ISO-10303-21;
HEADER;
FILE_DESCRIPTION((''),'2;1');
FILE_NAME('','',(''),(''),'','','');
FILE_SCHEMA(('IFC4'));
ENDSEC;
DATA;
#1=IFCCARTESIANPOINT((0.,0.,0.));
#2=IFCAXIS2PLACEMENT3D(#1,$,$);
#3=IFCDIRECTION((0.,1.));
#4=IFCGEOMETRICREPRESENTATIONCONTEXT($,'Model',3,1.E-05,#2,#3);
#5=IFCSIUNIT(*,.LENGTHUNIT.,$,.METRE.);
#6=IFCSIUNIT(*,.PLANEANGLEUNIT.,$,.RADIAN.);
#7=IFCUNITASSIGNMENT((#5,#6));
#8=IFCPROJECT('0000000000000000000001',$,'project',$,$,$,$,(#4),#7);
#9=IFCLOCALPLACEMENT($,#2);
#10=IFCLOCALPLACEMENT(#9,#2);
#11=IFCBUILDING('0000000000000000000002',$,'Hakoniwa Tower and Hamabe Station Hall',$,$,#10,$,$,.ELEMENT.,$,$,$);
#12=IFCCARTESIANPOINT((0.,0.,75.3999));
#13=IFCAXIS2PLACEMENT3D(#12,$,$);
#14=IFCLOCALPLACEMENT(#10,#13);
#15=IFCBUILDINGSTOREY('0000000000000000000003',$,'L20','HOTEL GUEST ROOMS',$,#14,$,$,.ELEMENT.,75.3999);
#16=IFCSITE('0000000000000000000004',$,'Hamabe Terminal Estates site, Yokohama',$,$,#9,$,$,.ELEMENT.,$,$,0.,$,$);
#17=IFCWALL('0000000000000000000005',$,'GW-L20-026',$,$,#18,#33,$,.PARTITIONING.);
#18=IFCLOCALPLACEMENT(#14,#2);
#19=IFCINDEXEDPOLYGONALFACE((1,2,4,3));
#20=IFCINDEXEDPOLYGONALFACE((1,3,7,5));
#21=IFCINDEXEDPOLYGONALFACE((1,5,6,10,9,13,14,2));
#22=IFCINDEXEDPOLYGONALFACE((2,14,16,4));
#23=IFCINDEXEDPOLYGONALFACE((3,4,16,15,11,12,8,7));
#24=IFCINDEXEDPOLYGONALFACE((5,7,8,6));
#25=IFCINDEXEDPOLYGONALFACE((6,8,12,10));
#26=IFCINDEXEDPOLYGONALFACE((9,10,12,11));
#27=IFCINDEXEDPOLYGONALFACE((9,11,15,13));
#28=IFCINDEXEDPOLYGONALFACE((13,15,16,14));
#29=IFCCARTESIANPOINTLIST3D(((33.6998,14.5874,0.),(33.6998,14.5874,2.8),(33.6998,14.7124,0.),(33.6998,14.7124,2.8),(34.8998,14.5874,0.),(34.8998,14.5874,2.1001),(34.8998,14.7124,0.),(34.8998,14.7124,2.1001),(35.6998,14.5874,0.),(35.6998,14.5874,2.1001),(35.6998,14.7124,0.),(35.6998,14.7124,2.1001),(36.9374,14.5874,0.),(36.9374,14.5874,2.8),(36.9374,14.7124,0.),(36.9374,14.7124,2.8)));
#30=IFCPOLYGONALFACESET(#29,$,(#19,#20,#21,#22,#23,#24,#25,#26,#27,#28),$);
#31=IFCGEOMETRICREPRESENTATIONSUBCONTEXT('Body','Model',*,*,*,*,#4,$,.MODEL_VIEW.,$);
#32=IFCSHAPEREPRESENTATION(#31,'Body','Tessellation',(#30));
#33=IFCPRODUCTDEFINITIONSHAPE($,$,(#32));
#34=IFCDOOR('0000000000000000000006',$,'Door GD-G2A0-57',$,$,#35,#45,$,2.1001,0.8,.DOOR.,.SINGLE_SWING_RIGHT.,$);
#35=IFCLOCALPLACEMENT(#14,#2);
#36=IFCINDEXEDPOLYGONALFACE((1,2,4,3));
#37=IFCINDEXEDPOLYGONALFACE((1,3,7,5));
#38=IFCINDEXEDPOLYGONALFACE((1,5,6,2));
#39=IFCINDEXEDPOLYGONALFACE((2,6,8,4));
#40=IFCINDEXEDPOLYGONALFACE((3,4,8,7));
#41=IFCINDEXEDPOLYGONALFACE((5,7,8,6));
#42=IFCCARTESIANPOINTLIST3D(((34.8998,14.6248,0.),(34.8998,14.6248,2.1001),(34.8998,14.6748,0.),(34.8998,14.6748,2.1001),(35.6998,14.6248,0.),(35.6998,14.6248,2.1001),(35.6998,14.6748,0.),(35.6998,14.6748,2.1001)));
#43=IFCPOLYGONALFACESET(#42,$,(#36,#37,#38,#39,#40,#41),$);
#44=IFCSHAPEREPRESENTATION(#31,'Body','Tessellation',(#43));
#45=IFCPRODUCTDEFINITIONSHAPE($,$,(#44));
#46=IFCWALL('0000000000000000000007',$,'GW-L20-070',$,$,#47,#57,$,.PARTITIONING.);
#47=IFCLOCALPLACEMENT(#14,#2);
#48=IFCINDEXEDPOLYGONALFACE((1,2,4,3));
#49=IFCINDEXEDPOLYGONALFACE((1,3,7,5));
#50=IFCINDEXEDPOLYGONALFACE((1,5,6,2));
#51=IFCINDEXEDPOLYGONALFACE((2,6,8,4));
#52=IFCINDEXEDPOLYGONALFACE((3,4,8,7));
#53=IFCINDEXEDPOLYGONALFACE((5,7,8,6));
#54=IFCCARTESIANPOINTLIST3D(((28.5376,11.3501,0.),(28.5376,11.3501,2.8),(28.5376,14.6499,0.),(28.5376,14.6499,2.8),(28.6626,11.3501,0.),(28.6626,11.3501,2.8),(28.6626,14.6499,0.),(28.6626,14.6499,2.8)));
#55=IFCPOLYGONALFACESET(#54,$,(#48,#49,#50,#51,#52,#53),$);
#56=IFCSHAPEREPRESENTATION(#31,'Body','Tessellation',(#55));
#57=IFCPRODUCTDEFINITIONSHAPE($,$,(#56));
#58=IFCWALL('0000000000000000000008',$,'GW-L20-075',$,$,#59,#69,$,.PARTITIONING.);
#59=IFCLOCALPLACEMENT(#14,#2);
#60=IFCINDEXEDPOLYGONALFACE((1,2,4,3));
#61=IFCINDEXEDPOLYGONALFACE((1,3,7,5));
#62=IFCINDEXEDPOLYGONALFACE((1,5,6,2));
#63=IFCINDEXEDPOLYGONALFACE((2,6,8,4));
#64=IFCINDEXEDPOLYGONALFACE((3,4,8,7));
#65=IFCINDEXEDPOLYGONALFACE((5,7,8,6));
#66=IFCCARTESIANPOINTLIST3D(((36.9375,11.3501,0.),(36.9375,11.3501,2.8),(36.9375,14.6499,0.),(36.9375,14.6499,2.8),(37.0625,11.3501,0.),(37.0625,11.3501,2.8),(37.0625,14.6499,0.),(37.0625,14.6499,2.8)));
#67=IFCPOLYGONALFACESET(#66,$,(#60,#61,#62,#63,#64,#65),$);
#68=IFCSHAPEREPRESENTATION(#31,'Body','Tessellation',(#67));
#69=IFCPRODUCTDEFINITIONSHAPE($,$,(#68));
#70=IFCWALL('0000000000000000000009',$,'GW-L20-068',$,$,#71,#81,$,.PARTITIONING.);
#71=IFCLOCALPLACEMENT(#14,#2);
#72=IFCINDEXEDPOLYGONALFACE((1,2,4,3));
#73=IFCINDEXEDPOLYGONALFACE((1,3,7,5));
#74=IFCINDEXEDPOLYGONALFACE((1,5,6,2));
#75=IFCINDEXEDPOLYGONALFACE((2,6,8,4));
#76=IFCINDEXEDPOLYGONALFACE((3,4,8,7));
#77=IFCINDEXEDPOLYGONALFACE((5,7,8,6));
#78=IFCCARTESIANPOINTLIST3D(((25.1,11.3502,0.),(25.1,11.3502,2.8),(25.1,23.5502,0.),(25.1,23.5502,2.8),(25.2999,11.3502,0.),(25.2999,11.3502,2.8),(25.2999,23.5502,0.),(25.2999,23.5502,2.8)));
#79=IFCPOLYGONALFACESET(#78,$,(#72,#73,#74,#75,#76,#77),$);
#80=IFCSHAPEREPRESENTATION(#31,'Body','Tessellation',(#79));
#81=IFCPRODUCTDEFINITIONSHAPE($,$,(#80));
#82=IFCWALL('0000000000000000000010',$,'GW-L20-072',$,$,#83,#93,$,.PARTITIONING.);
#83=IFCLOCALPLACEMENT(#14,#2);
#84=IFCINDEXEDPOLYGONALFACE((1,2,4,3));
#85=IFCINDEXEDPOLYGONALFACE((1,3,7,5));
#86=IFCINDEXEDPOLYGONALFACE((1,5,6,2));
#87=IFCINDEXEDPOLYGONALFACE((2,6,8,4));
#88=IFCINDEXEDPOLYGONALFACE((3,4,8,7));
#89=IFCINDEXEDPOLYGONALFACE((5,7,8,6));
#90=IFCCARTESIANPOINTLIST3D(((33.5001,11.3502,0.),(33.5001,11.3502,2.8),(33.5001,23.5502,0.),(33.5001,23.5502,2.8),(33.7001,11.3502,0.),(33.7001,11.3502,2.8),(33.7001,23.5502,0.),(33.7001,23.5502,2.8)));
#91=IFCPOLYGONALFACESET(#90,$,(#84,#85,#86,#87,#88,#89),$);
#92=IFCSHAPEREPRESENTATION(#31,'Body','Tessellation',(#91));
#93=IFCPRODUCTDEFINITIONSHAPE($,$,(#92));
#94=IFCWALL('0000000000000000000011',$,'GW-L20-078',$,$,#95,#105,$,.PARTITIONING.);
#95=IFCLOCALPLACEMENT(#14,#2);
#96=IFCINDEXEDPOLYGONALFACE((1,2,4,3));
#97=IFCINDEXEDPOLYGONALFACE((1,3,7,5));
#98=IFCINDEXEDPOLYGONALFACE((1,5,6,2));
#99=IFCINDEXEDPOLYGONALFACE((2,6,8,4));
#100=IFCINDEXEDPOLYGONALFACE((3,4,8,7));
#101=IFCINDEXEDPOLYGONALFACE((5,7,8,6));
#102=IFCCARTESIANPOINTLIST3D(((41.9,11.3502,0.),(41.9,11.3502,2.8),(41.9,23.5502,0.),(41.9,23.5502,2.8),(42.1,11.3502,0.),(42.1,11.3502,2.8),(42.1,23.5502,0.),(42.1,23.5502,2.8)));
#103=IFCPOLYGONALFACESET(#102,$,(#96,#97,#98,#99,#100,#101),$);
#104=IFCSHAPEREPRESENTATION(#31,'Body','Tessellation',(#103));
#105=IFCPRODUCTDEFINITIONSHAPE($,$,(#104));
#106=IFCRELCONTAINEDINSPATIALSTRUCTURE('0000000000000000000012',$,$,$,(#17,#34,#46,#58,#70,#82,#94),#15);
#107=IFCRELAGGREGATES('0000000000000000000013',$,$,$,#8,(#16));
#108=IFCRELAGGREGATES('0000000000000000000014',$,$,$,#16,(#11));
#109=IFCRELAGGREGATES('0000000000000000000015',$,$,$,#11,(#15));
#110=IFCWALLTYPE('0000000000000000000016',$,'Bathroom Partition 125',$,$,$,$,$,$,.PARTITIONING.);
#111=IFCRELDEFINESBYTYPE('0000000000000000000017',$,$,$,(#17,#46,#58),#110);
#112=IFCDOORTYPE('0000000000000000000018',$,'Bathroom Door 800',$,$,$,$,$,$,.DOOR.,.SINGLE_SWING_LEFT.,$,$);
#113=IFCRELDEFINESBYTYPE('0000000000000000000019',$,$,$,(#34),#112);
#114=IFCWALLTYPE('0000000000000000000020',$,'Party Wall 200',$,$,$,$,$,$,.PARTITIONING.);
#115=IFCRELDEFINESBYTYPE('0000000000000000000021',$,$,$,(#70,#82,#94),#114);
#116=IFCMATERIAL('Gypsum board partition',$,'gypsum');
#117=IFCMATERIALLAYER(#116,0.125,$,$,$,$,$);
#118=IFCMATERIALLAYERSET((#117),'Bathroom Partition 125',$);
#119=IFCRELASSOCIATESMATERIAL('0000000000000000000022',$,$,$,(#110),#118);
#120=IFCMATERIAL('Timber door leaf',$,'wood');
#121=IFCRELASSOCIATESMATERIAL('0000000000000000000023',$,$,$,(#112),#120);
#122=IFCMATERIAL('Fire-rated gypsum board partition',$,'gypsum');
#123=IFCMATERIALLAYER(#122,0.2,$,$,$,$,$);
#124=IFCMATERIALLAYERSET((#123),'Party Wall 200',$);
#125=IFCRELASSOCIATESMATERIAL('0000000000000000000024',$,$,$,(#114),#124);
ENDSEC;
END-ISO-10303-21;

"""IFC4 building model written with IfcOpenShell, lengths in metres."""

from ifc_helpers import new_model, si_unit, direction, frame, frame_2d, origin, place, context, subcontext, project, spatial, rectangle, extrude, material, layer, layer_set, type_object, element, fill, save


model = new_model("IFC4")

# Units and contexts
model_context = context("Model", 3, precision=1e-05, world=origin(), true_north=direction((0.0, 1.0)))
body_context = subcontext(model_context, "Body", "Model", "MODEL_VIEW")
ifc_project = project(units=[si_unit("LENGTHUNIT", "METRE"), si_unit("PLANEANGLEUNIT", "RADIAN")], contexts=[model_context])

# Site, building, storey
site_placement = place(None, origin())
site = spatial("IfcSite", under=ifc_project, at=site_placement, Name="Hamabe Terminal Estates site, Yokohama", CompositionType="ELEMENT", RefElevation=0.0)
building_placement = place(site_placement, origin())
building = spatial("IfcBuilding", under=site, at=building_placement, Name="Hakoniwa Tower and Hamabe Station Hall", CompositionType="ELEMENT")
storey_placement = place(building_placement, frame((0.0, 0.0, 75.3999)))
storey = spatial("IfcBuildingStorey", under=building, at=storey_placement, Name="L20", Description="HOTEL GUEST ROOMS", CompositionType="ELEMENT", Elevation=75.3999)

# Wall, opening, door
ifc_material_1 = material(Name="Gypsum board partition", Category="gypsum")
ifc_layer_1 = layer(ifc_material_1, 0.125)
ifc_layer_set_1 = layer_set([ifc_layer_1], Name="Bathroom Partition 125")
wall_type_1 = type_object("IfcWallType", Name="Bathroom Partition 125", PredefinedType="PARTITIONING", material=ifc_layer_set_1)
ifc_material_2 = material(Name="Timber door leaf", Category="wood")
door_type = type_object("IfcDoorType", Name="Bathroom Door 800", OperationType="SINGLE_SWING_LEFT", PredefinedType="DOOR", material=ifc_material_2)
wall_1_placement = place(storey_placement, frame((33.7, 14.6499, 0.0), z_axis=(0.0, 0.0, 1.0), x_axis=(1.0, 0.0, 0.0)))
wall_1 = element("IfcWall", 1, at=wall_1_placement, inside=storey, type_object=wall_type_1, Name="GW-L20-026", PredefinedType="PARTITIONING", context=body_context, shape_type="SweptSolid", body=[
    extrude(rectangle(XDim=3.2375, YDim=0.125, at=frame_2d((1.6187, 0.0))), origin(), (0.0, 0.0, 1.0), 2.8),
])
opening_1_placement = place(wall_1_placement, frame((1.2, 0.0, 0.0)))
opening_1 = element("IfcOpeningElement", 2, at=opening_1_placement, cuts=wall_1, PredefinedType="OPENING", context=body_context, shape_type="SweptSolid", body=[
    extrude(rectangle(XDim=0.8, YDim=2.1001, at=frame_2d((0.3999, 1.05))), frame((0.0, 0.0725, 0.0), z_axis=(0.0, -1.0, 0.0), x_axis=(1.0, 0.0, 0.0)), (0.0, 0.0, 1.0), 0.145),
])
door_1_placement = place(opening_1_placement, origin())
door_1 = element("IfcDoor", 3, at=door_1_placement, inside=storey, type_object=door_type, Name="Door GD-G2A0-57", OperationType="SINGLE_SWING_RIGHT", OverallHeight=2.1001, OverallWidth=0.8, PredefinedType="DOOR", context=body_context, shape_type="SweptSolid", body=[
    extrude(rectangle(XDim=0.8, YDim=2.1001, at=frame_2d((0.3999, 1.05))), frame((0.0, 0.0249, 0.0), z_axis=(0.0, -1.0, 0.0), x_axis=(1.0, 0.0, 0.0)), (0.0, 0.0, 1.0), 0.05),
])
fill(opening_1, door_1)

# Walls
for number, where, z_axis, x_axis, name in (
    (4, (28.6001, 11.3501, 0.0), (0.0, 0.0, 1.0), (0.0, 1.0, 0.0), "GW-L20-070"),
    (5, (37.0, 11.3501, 0.0), (0.0, 0.0, 1.0), (0.0, 1.0, 0.0), "GW-L20-075"),
):
    element("IfcWall", number, at=place(storey_placement, frame(where, z_axis=z_axis, x_axis=x_axis)), inside=storey, type_object=wall_type_1, Name=name, PredefinedType="PARTITIONING", context=body_context, shape_type="SweptSolid", body=[
        extrude(rectangle(XDim=3.2998, YDim=0.125, at=frame_2d((1.6499, 0.0))), origin(), (0.0, 0.0, 1.0), 2.8),
    ])
ifc_material_3 = material(Name="Fire-rated gypsum board partition", Category="gypsum")
ifc_layer_2 = layer(ifc_material_3, 0.2)
ifc_layer_set_2 = layer_set([ifc_layer_2], Name="Party Wall 200")
wall_type_2 = type_object("IfcWallType", Name="Party Wall 200", PredefinedType="PARTITIONING", material=ifc_layer_set_2)
for number, where, z_axis, x_axis, name in (
    (6, (25.2, 11.3501, 0.0), (0.0, 0.0, 1.0), (0.0, 1.0, 0.0), "GW-L20-068"),
    (7, (33.6001, 11.3501, 0.0), (0.0, 0.0, 1.0), (0.0, 1.0, 0.0), "GW-L20-072"),
    (8, (42.0, 11.3501, 0.0), (0.0, 0.0, 1.0), (0.0, 1.0, 0.0), "GW-L20-078"),
):
    element("IfcWall", number, at=place(storey_placement, frame(where, z_axis=z_axis, x_axis=x_axis)), inside=storey, type_object=wall_type_2, Name=name, PredefinedType="PARTITIONING", context=body_context, shape_type="SweptSolid", body=[
        extrude(rectangle(XDim=12.2, YDim=0.2, at=frame_2d((6.1001, 0.0))), origin(), (0.0, 0.0, 1.0), 2.8),
    ])

save(model, "model.ifc")
